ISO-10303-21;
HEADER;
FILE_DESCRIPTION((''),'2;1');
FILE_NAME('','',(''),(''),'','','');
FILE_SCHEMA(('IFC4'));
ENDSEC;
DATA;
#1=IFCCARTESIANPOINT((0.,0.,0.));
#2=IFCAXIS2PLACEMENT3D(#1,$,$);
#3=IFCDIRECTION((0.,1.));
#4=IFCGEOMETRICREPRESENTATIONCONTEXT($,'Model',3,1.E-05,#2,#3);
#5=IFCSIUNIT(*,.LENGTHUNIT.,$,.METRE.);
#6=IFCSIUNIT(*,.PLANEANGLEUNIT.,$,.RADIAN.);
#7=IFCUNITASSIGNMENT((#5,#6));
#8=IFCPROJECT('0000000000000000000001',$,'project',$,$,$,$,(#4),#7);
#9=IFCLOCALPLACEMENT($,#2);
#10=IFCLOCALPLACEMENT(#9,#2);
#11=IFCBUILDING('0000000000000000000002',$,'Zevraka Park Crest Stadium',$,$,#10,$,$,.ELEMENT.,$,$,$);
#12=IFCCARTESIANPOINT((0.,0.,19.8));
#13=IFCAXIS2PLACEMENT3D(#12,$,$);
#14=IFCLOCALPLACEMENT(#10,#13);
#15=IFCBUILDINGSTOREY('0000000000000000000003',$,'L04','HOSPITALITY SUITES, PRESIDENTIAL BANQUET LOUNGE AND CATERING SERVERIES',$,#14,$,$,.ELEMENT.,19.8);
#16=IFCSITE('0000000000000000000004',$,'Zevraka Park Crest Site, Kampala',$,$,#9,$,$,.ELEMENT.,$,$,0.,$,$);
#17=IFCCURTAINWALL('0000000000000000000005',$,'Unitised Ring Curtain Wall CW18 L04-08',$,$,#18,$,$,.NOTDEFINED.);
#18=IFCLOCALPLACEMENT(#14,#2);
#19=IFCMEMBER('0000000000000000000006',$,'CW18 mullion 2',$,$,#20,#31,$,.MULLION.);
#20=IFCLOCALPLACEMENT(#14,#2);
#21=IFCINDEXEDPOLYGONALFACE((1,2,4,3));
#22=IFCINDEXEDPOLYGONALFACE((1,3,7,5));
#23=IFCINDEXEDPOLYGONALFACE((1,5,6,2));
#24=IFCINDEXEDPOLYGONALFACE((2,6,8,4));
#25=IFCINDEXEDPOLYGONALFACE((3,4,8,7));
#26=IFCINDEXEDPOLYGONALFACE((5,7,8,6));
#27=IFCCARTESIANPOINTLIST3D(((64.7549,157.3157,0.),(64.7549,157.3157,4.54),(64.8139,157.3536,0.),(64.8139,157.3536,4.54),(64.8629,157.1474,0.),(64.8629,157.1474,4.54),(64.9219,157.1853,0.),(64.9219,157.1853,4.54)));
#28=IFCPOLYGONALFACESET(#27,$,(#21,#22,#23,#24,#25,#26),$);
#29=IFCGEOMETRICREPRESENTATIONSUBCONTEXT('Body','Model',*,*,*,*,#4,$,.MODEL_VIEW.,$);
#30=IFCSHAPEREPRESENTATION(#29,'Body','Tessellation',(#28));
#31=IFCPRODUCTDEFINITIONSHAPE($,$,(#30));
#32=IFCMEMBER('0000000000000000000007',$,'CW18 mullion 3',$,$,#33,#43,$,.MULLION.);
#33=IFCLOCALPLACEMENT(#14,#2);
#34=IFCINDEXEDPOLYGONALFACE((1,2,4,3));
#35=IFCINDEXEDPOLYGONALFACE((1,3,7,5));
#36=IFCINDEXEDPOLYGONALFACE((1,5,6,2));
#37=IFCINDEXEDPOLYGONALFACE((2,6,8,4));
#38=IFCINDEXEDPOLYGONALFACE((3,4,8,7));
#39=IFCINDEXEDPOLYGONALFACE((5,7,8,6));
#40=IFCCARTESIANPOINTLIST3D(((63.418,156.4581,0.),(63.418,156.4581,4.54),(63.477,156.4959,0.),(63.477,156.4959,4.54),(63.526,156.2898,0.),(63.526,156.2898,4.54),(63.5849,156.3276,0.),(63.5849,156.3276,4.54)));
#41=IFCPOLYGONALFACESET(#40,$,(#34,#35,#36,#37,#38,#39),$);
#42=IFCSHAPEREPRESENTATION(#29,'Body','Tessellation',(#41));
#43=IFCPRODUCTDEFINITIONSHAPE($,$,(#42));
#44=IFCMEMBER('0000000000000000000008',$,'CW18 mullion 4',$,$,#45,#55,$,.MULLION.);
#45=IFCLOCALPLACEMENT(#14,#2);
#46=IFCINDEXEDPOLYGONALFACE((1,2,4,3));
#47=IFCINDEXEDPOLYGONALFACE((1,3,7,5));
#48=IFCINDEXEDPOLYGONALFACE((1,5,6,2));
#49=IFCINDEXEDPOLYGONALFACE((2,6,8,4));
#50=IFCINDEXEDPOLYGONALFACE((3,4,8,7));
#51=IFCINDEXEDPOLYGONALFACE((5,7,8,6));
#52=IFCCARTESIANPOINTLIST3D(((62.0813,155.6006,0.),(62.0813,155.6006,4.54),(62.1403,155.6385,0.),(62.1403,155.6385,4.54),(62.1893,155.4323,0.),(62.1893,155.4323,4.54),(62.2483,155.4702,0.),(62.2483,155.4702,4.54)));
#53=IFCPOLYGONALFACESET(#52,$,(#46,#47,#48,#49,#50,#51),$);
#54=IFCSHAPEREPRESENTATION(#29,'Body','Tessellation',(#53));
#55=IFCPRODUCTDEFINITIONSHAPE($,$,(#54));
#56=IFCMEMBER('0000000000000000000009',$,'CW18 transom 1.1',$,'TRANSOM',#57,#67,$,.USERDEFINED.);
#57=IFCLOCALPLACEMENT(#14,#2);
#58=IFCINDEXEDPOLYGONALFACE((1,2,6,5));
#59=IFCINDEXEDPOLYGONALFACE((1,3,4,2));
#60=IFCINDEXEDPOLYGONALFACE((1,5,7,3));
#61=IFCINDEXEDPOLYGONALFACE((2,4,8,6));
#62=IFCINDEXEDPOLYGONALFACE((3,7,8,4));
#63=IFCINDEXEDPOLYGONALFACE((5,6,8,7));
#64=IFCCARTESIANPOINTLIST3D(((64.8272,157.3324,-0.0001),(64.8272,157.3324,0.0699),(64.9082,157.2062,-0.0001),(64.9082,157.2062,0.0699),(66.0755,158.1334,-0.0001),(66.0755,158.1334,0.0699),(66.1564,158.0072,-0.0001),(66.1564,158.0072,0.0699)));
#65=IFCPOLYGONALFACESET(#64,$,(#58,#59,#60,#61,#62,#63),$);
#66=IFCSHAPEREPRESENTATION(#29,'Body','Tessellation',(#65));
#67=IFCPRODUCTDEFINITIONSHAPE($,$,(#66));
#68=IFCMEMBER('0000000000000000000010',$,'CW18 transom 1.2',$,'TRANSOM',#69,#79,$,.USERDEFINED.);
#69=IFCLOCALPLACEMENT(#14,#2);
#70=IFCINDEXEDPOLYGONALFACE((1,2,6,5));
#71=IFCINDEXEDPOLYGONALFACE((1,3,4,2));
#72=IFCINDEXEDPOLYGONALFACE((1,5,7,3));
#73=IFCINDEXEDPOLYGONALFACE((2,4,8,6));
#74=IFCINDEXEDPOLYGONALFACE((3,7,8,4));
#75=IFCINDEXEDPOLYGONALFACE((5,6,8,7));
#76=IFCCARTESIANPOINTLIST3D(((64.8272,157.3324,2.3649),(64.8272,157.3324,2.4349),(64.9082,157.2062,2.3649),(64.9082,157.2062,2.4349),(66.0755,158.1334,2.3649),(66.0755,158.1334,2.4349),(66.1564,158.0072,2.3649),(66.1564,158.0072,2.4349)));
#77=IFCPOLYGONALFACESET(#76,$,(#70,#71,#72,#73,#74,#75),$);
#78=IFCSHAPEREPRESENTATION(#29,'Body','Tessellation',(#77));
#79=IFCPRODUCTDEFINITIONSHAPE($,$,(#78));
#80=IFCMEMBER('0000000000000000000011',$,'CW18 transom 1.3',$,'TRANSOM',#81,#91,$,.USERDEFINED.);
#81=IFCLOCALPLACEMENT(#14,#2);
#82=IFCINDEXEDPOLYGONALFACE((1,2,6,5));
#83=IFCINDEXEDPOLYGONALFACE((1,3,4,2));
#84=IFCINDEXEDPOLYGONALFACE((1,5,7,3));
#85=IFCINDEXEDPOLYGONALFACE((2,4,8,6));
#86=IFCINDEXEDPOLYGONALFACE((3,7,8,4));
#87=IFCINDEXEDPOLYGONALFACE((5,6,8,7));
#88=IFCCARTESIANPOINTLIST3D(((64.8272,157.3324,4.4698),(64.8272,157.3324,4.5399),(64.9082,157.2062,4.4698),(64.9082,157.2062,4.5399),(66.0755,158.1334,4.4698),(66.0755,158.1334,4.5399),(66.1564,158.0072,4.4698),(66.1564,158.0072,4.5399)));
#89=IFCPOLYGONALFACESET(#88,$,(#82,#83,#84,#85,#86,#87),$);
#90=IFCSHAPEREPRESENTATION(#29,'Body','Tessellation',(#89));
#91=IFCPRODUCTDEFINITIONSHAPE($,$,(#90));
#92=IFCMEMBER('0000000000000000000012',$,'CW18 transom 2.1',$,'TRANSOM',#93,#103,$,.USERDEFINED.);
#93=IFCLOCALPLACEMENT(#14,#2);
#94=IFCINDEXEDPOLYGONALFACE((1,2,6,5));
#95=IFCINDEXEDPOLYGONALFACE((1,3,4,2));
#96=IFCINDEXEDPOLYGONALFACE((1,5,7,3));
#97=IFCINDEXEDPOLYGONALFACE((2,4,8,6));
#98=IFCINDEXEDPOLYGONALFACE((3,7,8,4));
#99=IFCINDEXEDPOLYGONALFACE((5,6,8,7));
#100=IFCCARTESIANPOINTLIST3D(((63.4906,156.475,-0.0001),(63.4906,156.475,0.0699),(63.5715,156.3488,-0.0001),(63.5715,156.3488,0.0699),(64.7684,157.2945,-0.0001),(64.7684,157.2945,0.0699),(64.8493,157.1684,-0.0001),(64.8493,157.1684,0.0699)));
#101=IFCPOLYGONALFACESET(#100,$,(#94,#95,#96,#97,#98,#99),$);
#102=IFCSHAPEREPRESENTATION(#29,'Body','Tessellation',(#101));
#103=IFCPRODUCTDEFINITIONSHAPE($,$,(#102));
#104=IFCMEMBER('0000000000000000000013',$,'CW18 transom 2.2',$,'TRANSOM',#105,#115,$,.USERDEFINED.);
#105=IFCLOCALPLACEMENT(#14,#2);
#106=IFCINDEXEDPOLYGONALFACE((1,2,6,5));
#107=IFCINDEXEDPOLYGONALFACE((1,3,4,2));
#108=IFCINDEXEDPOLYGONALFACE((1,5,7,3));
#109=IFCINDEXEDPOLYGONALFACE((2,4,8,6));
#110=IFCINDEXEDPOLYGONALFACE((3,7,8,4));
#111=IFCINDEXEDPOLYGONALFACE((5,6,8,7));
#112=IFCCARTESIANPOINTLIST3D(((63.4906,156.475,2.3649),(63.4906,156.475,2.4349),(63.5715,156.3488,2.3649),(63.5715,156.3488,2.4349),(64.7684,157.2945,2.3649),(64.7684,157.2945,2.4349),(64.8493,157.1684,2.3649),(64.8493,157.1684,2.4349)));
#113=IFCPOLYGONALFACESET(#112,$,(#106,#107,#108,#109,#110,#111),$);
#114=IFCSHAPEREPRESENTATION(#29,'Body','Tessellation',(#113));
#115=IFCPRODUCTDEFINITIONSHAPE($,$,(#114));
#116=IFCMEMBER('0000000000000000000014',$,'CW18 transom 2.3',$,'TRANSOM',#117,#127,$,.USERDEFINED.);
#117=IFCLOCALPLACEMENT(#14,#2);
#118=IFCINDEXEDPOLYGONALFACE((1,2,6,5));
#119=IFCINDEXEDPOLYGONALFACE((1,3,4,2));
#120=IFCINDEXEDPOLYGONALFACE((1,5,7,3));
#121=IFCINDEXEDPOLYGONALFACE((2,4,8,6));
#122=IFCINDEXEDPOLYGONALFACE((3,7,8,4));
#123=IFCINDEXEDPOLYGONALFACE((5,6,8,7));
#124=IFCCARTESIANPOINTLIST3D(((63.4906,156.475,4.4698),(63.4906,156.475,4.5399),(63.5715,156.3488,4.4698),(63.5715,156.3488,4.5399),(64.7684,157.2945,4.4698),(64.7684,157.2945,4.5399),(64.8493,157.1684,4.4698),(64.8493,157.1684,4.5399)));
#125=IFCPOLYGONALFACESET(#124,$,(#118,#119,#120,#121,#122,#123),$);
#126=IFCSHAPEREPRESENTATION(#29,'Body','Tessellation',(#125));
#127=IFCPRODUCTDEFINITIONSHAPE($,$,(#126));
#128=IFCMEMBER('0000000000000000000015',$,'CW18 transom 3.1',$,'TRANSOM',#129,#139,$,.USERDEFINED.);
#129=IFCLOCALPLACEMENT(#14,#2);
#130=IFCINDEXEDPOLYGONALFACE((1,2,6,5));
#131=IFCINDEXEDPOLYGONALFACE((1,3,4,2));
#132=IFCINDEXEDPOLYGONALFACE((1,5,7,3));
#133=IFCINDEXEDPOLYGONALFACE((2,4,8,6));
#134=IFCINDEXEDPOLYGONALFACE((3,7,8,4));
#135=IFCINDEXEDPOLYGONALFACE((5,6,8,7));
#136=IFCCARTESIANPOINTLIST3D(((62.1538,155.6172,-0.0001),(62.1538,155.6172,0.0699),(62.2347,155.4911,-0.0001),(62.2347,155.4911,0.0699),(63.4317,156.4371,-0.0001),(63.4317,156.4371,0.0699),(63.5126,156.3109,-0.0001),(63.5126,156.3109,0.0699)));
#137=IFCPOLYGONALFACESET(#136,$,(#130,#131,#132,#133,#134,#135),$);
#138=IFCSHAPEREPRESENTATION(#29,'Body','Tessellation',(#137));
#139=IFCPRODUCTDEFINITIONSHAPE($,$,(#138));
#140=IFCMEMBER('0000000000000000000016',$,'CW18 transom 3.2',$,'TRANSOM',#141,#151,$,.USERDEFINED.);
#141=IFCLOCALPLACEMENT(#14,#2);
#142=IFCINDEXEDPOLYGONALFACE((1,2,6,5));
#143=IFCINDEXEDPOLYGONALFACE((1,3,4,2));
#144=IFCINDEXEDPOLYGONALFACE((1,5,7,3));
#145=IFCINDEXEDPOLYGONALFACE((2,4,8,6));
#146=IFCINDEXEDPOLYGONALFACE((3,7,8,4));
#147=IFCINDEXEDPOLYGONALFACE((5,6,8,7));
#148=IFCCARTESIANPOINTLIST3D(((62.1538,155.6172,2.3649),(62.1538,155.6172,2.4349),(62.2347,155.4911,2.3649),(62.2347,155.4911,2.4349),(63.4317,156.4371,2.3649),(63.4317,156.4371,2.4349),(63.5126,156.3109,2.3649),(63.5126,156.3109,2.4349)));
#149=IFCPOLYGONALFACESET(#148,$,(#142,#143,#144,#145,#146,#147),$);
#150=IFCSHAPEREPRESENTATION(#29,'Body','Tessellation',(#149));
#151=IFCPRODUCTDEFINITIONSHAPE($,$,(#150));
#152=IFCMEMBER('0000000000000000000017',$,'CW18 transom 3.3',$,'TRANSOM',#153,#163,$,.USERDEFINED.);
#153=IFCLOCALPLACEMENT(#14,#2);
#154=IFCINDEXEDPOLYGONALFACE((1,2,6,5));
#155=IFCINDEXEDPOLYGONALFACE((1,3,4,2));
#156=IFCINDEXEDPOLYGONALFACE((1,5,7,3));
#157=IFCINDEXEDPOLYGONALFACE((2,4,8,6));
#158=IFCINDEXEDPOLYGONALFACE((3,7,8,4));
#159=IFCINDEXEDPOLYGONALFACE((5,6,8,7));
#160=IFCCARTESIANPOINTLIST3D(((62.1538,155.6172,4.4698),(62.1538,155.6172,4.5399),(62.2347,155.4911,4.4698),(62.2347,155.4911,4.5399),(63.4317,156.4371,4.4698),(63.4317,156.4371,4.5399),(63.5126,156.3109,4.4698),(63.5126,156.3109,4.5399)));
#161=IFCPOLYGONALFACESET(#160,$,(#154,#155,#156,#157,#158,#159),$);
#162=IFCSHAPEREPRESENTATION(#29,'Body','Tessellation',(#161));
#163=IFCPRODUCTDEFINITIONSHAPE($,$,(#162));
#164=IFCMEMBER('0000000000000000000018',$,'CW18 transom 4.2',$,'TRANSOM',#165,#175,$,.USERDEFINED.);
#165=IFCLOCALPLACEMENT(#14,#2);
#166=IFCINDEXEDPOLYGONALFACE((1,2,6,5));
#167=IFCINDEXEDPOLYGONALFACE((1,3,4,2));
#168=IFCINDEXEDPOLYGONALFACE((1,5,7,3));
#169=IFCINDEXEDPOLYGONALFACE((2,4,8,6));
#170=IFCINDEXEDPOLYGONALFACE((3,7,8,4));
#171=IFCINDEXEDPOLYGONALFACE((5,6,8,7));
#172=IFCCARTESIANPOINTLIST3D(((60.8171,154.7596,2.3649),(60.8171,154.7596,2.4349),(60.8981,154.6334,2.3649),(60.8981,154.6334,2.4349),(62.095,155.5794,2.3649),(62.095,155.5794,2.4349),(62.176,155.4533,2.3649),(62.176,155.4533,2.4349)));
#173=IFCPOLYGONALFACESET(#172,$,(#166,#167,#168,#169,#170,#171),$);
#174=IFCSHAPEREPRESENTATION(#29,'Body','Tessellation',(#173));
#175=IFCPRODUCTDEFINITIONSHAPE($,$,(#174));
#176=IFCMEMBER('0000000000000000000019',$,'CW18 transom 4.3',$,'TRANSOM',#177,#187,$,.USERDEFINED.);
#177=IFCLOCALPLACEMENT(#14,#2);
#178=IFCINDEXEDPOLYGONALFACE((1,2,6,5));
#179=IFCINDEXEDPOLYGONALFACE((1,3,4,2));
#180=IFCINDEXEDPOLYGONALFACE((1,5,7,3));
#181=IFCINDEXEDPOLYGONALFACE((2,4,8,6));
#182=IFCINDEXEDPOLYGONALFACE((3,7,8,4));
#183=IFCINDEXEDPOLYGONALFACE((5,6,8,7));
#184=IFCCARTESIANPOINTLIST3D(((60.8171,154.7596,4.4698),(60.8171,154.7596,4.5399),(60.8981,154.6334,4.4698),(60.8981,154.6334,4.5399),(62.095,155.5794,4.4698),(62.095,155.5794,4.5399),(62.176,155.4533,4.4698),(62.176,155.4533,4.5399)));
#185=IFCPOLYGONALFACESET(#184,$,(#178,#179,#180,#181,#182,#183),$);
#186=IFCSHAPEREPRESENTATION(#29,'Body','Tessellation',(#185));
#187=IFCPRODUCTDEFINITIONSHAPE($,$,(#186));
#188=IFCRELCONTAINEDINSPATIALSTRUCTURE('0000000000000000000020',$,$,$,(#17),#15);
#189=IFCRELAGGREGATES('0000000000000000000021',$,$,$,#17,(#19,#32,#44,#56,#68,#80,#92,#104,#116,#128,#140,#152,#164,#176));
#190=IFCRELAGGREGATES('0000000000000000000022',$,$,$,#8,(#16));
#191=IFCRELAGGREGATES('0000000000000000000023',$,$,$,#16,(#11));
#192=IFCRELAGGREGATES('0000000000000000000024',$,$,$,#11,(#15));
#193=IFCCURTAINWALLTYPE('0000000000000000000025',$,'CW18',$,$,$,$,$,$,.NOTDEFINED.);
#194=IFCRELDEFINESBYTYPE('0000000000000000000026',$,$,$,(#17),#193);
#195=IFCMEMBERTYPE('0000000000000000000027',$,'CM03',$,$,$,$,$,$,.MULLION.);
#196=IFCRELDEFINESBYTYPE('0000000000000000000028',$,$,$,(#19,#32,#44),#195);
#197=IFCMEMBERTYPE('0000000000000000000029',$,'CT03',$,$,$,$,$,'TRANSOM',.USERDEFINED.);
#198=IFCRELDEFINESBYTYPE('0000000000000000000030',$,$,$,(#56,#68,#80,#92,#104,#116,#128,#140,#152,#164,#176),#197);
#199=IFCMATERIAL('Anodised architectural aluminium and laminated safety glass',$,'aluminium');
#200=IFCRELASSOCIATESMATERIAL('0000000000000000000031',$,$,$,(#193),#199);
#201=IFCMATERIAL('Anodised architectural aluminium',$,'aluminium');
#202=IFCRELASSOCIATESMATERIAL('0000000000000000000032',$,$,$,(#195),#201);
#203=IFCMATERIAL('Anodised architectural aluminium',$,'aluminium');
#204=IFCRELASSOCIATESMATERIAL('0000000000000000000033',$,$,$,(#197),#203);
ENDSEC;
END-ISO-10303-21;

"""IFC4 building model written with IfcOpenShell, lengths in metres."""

from ifc_helpers import new_model, si_unit, direction, frame, origin, origin_2d, place, context, subcontext, project, spatial, rectangle, extrude, material, material_profile, profile_set, type_object, element, aggregate, save


model = new_model("IFC4")

# Units and contexts
model_context = context("Model", 3, precision=1e-05, world=origin(), true_north=direction((0.0, 1.0)))
body_context = subcontext(model_context, "Body", "Model", "MODEL_VIEW")
ifc_project = project(units=[si_unit("LENGTHUNIT", "METRE"), si_unit("PLANEANGLEUNIT", "RADIAN")], contexts=[model_context])

# Site, building, storey
site_placement = place(None, origin())
site = spatial("IfcSite", under=ifc_project, at=site_placement, Name="Zevraka Park Crest Site, Kampala", CompositionType="ELEMENT", RefElevation=0.0)
building_placement = place(site_placement, origin())
building = spatial("IfcBuilding", under=site, at=building_placement, Name="Zevraka Park Crest Stadium", CompositionType="ELEMENT")
storey_placement = place(building_placement, frame((0.0, 0.0, 19.8)))
storey = spatial("IfcBuildingStorey", under=building, at=storey_placement, Name="L04", Description="HOSPITALITY SUITES, PRESIDENTIAL BANQUET LOUNGE AND CATERING SERVERIES", CompositionType="ELEMENT", Elevation=19.8)

# Curtain wall, members
ifc_material_1 = material(Name="Anodised architectural aluminium and laminated safety glass", Category="aluminium")
curtain_wall_type = type_object("IfcCurtainWallType", Name="CW18", PredefinedType="NOTDEFINED", material=ifc_material_1)
curtain_wall_placement = place(storey_placement, origin())
curtain_wall = element("IfcCurtainWall", 1, at=curtain_wall_placement, inside=storey, type_object=curtain_wall_type, Name="Unitised Ring Curtain Wall CW18 L04-08", PredefinedType="NOTDEFINED")
ifc_material_2 = material(Name="Anodised architectural aluminium", Category="aluminium")
ifc_material_profile_1 = material_profile(ifc_material_2, rectangle(XDim=0.2, YDim=0.0701, at=origin_2d()), Name="ALU MULLION 200x70")
ifc_profile_set_1 = profile_set([ifc_material_profile_1], Name="Anodised architectural aluminium")
member_type_1 = type_object("IfcMemberType", Name="CM03", PredefinedType="MULLION", material=ifc_profile_set_1)
member_1_placement = place(storey_placement, frame((64.8384, 157.2505, 0.0), z_axis=(0.0, 0.0, 1.0), x_axis=(0.53998, -0.841678, 0.0)))
member_1 = element("IfcMember", 2, at=member_1_placement, type_object=member_type_1, Name="CW18 mullion 2", PredefinedType="MULLION", context=body_context, shape_type="SweptSolid", body=[
    extrude(rectangle(XDim=0.2, YDim=0.0701, at=origin_2d()), origin(), (0.0, 0.0, 1.0), 4.54),
])
member_2_placement = place(storey_placement, frame((63.5015, 156.3928, 0.0), z_axis=(0.0, 0.0, 1.0), x_axis=(0.53998, -0.841678, 0.0)))
member_2 = element("IfcMember", 3, at=member_2_placement, type_object=member_type_1, Name="CW18 mullion 3", PredefinedType="MULLION", context=body_context, shape_type="SweptSolid", body=[
    extrude(rectangle(XDim=0.2, YDim=0.0701, at=origin_2d()), origin(), (0.0, 0.0, 1.0), 4.54),
])
member_3_placement = place(storey_placement, frame((62.1648, 155.5354, 0.0), z_axis=(0.0, 0.0, 1.0), x_axis=(0.53998, -0.841678, 0.0)))
member_3 = element("IfcMember", 4, at=member_3_placement, type_object=member_type_1, Name="CW18 mullion 4", PredefinedType="MULLION", context=body_context, shape_type="SweptSolid", body=[
    extrude(rectangle(XDim=0.2, YDim=0.0701, at=origin_2d()), origin(), (0.0, 0.0, 1.0), 4.54),
])
ifc_material_3 = material(Name="Anodised architectural aluminium", Category="aluminium")
ifc_material_profile_2 = material_profile(ifc_material_3, rectangle(XDim=0.1499, YDim=0.0701, at=origin_2d()), Name="ALU TRANSOM 150x70")
ifc_profile_set_2 = profile_set([ifc_material_profile_2], Name="Anodised architectural aluminium")
member_type_2 = type_object("IfcMemberType", Name="CT03", ElementType="TRANSOM", PredefinedType="USERDEFINED", material=ifc_profile_set_2)
member_4_placement = place(storey_placement, frame((66.116, 158.0703, 0.0349), z_axis=(-0.841622, -0.540067, 0.0), x_axis=(0.540067, -0.841622, 0.0)))
member_4 = element("IfcMember", 5, at=member_4_placement, type_object=member_type_2, Name="CW18 transom 1.1", ObjectType="TRANSOM", PredefinedType="USERDEFINED", context=body_context, shape_type="SweptSolid", body=[
    extrude(rectangle(XDim=0.1499, YDim=0.0701, at=origin_2d()), origin(), (0.0, 0.0, 1.0), 1.4832),
])
member_5_placement = place(storey_placement, frame((66.116, 158.0703, 2.3999), z_axis=(-0.841622, -0.540067, 0.0), x_axis=(0.540067, -0.841622, 0.0)))
member_5 = element("IfcMember", 6, at=member_5_placement, type_object=member_type_2, Name="CW18 transom 1.2", ObjectType="TRANSOM", PredefinedType="USERDEFINED", context=body_context, shape_type="SweptSolid", body=[
    extrude(rectangle(XDim=0.1499, YDim=0.0701, at=origin_2d()), origin(), (0.0, 0.0, 1.0), 1.4832),
])
member_6_placement = place(storey_placement, frame((66.116, 158.0703, 4.5049), z_axis=(-0.841622, -0.540067, 0.0), x_axis=(0.540067, -0.841622, 0.0)))
member_6 = element("IfcMember", 7, at=member_6_placement, type_object=member_type_2, Name="CW18 transom 1.3", ObjectType="TRANSOM", PredefinedType="USERDEFINED", context=body_context, shape_type="SweptSolid", body=[
    extrude(rectangle(XDim=0.1499, YDim=0.0701, at=origin_2d()), origin(), (0.0, 0.0, 1.0), 1.4832),
])
member_7_placement = place(storey_placement, frame((64.8088, 157.2314, 0.0349), z_axis=(-0.841742, -0.539879, 0.0), x_axis=(0.539879, -0.841742, 0.0)))
member_7 = element("IfcMember", 8, at=member_7_placement, type_object=member_type_2, Name="CW18 transom 2.1", ObjectType="TRANSOM", PredefinedType="USERDEFINED", context=body_context, shape_type="SweptSolid", body=[
    extrude(rectangle(XDim=0.1499, YDim=0.0701, at=origin_2d()), origin(), (0.0, 0.0, 1.0), 1.5181),
])
member_8_placement = place(storey_placement, frame((64.8088, 157.2314, 2.3999), z_axis=(-0.841742, -0.539879, 0.0), x_axis=(0.539879, -0.841742, 0.0)))
member_8 = element("IfcMember", 9, at=member_8_placement, type_object=member_type_2, Name="CW18 transom 2.2", ObjectType="TRANSOM", PredefinedType="USERDEFINED", context=body_context, shape_type="SweptSolid", body=[
    extrude(rectangle(XDim=0.1499, YDim=0.0701, at=origin_2d()), origin(), (0.0, 0.0, 1.0), 1.5181),
])
member_9_placement = place(storey_placement, frame((64.8088, 157.2314, 4.5049), z_axis=(-0.841742, -0.539879, 0.0), x_axis=(0.539879, -0.841742, 0.0)))
member_9 = element("IfcMember", 10, at=member_9_placement, type_object=member_type_2, Name="CW18 transom 2.3", ObjectType="TRANSOM", PredefinedType="USERDEFINED", context=body_context, shape_type="SweptSolid", body=[
    extrude(rectangle(XDim=0.1499, YDim=0.0701, at=origin_2d()), origin(), (0.0, 0.0, 1.0), 1.5181),
])
member_10_placement = place(storey_placement, frame((63.4722, 156.374, 0.0349), z_axis=(-0.841669, -0.539993, 0.0), x_axis=(0.539993, -0.841669, 0.0)))
member_10 = element("IfcMember", 11, at=member_10_placement, type_object=member_type_2, Name="CW18 transom 3.1", ObjectType="TRANSOM", PredefinedType="USERDEFINED", context=body_context, shape_type="SweptSolid", body=[
    extrude(rectangle(XDim=0.1499, YDim=0.0701, at=origin_2d()), origin(), (0.0, 0.0, 1.0), 1.5183),
])
member_11_placement = place(storey_placement, frame((63.4722, 156.374, 2.3999), z_axis=(-0.841669, -0.539993, 0.0), x_axis=(0.539993, -0.841669, 0.0)))
member_11 = element("IfcMember", 12, at=member_11_placement, type_object=member_type_2, Name="CW18 transom 3.2", ObjectType="TRANSOM", PredefinedType="USERDEFINED", context=body_context, shape_type="SweptSolid", body=[
    extrude(rectangle(XDim=0.1499, YDim=0.0701, at=origin_2d()), origin(), (0.0, 0.0, 1.0), 1.5183),
])
member_12_placement = place(storey_placement, frame((63.4722, 156.374, 4.5049), z_axis=(-0.841669, -0.539993, 0.0), x_axis=(0.539993, -0.841669, 0.0)))
member_12 = element("IfcMember", 13, at=member_12_placement, type_object=member_type_2, Name="CW18 transom 3.3", ObjectType="TRANSOM", PredefinedType="USERDEFINED", context=body_context, shape_type="SweptSolid", body=[
    extrude(rectangle(XDim=0.1499, YDim=0.0701, at=origin_2d()), origin(), (0.0, 0.0, 1.0), 1.5183),
])
member_13_placement = place(storey_placement, frame((62.1355, 155.5164, 2.3999), z_axis=(-0.841669, -0.539993, 0.0), x_axis=(0.539993, -0.841669, 0.0)))
member_13 = element("IfcMember", 14, at=member_13_placement, type_object=member_type_2, Name="CW18 transom 4.2", ObjectType="TRANSOM", PredefinedType="USERDEFINED", context=body_context, shape_type="SweptSolid", body=[
    extrude(rectangle(XDim=0.1499, YDim=0.0701, at=origin_2d()), origin(), (0.0, 0.0, 1.0), 1.5183),
])
member_14_placement = place(storey_placement, frame((62.1355, 155.5164, 4.5049), z_axis=(-0.841669, -0.539993, 0.0), x_axis=(0.539993, -0.841669, 0.0)))
member_14 = element("IfcMember", 15, at=member_14_placement, type_object=member_type_2, Name="CW18 transom 4.3", ObjectType="TRANSOM", PredefinedType="USERDEFINED", context=body_context, shape_type="SweptSolid", body=[
    extrude(rectangle(XDim=0.1499, YDim=0.0701, at=origin_2d()), origin(), (0.0, 0.0, 1.0), 1.5183),
])
aggregate(curtain_wall, [member_1, member_2, member_3, member_4, member_5, member_6, member_7, member_8, member_9, member_10, member_11, member_12, member_13, member_14])

save(model, "model.ifc")
